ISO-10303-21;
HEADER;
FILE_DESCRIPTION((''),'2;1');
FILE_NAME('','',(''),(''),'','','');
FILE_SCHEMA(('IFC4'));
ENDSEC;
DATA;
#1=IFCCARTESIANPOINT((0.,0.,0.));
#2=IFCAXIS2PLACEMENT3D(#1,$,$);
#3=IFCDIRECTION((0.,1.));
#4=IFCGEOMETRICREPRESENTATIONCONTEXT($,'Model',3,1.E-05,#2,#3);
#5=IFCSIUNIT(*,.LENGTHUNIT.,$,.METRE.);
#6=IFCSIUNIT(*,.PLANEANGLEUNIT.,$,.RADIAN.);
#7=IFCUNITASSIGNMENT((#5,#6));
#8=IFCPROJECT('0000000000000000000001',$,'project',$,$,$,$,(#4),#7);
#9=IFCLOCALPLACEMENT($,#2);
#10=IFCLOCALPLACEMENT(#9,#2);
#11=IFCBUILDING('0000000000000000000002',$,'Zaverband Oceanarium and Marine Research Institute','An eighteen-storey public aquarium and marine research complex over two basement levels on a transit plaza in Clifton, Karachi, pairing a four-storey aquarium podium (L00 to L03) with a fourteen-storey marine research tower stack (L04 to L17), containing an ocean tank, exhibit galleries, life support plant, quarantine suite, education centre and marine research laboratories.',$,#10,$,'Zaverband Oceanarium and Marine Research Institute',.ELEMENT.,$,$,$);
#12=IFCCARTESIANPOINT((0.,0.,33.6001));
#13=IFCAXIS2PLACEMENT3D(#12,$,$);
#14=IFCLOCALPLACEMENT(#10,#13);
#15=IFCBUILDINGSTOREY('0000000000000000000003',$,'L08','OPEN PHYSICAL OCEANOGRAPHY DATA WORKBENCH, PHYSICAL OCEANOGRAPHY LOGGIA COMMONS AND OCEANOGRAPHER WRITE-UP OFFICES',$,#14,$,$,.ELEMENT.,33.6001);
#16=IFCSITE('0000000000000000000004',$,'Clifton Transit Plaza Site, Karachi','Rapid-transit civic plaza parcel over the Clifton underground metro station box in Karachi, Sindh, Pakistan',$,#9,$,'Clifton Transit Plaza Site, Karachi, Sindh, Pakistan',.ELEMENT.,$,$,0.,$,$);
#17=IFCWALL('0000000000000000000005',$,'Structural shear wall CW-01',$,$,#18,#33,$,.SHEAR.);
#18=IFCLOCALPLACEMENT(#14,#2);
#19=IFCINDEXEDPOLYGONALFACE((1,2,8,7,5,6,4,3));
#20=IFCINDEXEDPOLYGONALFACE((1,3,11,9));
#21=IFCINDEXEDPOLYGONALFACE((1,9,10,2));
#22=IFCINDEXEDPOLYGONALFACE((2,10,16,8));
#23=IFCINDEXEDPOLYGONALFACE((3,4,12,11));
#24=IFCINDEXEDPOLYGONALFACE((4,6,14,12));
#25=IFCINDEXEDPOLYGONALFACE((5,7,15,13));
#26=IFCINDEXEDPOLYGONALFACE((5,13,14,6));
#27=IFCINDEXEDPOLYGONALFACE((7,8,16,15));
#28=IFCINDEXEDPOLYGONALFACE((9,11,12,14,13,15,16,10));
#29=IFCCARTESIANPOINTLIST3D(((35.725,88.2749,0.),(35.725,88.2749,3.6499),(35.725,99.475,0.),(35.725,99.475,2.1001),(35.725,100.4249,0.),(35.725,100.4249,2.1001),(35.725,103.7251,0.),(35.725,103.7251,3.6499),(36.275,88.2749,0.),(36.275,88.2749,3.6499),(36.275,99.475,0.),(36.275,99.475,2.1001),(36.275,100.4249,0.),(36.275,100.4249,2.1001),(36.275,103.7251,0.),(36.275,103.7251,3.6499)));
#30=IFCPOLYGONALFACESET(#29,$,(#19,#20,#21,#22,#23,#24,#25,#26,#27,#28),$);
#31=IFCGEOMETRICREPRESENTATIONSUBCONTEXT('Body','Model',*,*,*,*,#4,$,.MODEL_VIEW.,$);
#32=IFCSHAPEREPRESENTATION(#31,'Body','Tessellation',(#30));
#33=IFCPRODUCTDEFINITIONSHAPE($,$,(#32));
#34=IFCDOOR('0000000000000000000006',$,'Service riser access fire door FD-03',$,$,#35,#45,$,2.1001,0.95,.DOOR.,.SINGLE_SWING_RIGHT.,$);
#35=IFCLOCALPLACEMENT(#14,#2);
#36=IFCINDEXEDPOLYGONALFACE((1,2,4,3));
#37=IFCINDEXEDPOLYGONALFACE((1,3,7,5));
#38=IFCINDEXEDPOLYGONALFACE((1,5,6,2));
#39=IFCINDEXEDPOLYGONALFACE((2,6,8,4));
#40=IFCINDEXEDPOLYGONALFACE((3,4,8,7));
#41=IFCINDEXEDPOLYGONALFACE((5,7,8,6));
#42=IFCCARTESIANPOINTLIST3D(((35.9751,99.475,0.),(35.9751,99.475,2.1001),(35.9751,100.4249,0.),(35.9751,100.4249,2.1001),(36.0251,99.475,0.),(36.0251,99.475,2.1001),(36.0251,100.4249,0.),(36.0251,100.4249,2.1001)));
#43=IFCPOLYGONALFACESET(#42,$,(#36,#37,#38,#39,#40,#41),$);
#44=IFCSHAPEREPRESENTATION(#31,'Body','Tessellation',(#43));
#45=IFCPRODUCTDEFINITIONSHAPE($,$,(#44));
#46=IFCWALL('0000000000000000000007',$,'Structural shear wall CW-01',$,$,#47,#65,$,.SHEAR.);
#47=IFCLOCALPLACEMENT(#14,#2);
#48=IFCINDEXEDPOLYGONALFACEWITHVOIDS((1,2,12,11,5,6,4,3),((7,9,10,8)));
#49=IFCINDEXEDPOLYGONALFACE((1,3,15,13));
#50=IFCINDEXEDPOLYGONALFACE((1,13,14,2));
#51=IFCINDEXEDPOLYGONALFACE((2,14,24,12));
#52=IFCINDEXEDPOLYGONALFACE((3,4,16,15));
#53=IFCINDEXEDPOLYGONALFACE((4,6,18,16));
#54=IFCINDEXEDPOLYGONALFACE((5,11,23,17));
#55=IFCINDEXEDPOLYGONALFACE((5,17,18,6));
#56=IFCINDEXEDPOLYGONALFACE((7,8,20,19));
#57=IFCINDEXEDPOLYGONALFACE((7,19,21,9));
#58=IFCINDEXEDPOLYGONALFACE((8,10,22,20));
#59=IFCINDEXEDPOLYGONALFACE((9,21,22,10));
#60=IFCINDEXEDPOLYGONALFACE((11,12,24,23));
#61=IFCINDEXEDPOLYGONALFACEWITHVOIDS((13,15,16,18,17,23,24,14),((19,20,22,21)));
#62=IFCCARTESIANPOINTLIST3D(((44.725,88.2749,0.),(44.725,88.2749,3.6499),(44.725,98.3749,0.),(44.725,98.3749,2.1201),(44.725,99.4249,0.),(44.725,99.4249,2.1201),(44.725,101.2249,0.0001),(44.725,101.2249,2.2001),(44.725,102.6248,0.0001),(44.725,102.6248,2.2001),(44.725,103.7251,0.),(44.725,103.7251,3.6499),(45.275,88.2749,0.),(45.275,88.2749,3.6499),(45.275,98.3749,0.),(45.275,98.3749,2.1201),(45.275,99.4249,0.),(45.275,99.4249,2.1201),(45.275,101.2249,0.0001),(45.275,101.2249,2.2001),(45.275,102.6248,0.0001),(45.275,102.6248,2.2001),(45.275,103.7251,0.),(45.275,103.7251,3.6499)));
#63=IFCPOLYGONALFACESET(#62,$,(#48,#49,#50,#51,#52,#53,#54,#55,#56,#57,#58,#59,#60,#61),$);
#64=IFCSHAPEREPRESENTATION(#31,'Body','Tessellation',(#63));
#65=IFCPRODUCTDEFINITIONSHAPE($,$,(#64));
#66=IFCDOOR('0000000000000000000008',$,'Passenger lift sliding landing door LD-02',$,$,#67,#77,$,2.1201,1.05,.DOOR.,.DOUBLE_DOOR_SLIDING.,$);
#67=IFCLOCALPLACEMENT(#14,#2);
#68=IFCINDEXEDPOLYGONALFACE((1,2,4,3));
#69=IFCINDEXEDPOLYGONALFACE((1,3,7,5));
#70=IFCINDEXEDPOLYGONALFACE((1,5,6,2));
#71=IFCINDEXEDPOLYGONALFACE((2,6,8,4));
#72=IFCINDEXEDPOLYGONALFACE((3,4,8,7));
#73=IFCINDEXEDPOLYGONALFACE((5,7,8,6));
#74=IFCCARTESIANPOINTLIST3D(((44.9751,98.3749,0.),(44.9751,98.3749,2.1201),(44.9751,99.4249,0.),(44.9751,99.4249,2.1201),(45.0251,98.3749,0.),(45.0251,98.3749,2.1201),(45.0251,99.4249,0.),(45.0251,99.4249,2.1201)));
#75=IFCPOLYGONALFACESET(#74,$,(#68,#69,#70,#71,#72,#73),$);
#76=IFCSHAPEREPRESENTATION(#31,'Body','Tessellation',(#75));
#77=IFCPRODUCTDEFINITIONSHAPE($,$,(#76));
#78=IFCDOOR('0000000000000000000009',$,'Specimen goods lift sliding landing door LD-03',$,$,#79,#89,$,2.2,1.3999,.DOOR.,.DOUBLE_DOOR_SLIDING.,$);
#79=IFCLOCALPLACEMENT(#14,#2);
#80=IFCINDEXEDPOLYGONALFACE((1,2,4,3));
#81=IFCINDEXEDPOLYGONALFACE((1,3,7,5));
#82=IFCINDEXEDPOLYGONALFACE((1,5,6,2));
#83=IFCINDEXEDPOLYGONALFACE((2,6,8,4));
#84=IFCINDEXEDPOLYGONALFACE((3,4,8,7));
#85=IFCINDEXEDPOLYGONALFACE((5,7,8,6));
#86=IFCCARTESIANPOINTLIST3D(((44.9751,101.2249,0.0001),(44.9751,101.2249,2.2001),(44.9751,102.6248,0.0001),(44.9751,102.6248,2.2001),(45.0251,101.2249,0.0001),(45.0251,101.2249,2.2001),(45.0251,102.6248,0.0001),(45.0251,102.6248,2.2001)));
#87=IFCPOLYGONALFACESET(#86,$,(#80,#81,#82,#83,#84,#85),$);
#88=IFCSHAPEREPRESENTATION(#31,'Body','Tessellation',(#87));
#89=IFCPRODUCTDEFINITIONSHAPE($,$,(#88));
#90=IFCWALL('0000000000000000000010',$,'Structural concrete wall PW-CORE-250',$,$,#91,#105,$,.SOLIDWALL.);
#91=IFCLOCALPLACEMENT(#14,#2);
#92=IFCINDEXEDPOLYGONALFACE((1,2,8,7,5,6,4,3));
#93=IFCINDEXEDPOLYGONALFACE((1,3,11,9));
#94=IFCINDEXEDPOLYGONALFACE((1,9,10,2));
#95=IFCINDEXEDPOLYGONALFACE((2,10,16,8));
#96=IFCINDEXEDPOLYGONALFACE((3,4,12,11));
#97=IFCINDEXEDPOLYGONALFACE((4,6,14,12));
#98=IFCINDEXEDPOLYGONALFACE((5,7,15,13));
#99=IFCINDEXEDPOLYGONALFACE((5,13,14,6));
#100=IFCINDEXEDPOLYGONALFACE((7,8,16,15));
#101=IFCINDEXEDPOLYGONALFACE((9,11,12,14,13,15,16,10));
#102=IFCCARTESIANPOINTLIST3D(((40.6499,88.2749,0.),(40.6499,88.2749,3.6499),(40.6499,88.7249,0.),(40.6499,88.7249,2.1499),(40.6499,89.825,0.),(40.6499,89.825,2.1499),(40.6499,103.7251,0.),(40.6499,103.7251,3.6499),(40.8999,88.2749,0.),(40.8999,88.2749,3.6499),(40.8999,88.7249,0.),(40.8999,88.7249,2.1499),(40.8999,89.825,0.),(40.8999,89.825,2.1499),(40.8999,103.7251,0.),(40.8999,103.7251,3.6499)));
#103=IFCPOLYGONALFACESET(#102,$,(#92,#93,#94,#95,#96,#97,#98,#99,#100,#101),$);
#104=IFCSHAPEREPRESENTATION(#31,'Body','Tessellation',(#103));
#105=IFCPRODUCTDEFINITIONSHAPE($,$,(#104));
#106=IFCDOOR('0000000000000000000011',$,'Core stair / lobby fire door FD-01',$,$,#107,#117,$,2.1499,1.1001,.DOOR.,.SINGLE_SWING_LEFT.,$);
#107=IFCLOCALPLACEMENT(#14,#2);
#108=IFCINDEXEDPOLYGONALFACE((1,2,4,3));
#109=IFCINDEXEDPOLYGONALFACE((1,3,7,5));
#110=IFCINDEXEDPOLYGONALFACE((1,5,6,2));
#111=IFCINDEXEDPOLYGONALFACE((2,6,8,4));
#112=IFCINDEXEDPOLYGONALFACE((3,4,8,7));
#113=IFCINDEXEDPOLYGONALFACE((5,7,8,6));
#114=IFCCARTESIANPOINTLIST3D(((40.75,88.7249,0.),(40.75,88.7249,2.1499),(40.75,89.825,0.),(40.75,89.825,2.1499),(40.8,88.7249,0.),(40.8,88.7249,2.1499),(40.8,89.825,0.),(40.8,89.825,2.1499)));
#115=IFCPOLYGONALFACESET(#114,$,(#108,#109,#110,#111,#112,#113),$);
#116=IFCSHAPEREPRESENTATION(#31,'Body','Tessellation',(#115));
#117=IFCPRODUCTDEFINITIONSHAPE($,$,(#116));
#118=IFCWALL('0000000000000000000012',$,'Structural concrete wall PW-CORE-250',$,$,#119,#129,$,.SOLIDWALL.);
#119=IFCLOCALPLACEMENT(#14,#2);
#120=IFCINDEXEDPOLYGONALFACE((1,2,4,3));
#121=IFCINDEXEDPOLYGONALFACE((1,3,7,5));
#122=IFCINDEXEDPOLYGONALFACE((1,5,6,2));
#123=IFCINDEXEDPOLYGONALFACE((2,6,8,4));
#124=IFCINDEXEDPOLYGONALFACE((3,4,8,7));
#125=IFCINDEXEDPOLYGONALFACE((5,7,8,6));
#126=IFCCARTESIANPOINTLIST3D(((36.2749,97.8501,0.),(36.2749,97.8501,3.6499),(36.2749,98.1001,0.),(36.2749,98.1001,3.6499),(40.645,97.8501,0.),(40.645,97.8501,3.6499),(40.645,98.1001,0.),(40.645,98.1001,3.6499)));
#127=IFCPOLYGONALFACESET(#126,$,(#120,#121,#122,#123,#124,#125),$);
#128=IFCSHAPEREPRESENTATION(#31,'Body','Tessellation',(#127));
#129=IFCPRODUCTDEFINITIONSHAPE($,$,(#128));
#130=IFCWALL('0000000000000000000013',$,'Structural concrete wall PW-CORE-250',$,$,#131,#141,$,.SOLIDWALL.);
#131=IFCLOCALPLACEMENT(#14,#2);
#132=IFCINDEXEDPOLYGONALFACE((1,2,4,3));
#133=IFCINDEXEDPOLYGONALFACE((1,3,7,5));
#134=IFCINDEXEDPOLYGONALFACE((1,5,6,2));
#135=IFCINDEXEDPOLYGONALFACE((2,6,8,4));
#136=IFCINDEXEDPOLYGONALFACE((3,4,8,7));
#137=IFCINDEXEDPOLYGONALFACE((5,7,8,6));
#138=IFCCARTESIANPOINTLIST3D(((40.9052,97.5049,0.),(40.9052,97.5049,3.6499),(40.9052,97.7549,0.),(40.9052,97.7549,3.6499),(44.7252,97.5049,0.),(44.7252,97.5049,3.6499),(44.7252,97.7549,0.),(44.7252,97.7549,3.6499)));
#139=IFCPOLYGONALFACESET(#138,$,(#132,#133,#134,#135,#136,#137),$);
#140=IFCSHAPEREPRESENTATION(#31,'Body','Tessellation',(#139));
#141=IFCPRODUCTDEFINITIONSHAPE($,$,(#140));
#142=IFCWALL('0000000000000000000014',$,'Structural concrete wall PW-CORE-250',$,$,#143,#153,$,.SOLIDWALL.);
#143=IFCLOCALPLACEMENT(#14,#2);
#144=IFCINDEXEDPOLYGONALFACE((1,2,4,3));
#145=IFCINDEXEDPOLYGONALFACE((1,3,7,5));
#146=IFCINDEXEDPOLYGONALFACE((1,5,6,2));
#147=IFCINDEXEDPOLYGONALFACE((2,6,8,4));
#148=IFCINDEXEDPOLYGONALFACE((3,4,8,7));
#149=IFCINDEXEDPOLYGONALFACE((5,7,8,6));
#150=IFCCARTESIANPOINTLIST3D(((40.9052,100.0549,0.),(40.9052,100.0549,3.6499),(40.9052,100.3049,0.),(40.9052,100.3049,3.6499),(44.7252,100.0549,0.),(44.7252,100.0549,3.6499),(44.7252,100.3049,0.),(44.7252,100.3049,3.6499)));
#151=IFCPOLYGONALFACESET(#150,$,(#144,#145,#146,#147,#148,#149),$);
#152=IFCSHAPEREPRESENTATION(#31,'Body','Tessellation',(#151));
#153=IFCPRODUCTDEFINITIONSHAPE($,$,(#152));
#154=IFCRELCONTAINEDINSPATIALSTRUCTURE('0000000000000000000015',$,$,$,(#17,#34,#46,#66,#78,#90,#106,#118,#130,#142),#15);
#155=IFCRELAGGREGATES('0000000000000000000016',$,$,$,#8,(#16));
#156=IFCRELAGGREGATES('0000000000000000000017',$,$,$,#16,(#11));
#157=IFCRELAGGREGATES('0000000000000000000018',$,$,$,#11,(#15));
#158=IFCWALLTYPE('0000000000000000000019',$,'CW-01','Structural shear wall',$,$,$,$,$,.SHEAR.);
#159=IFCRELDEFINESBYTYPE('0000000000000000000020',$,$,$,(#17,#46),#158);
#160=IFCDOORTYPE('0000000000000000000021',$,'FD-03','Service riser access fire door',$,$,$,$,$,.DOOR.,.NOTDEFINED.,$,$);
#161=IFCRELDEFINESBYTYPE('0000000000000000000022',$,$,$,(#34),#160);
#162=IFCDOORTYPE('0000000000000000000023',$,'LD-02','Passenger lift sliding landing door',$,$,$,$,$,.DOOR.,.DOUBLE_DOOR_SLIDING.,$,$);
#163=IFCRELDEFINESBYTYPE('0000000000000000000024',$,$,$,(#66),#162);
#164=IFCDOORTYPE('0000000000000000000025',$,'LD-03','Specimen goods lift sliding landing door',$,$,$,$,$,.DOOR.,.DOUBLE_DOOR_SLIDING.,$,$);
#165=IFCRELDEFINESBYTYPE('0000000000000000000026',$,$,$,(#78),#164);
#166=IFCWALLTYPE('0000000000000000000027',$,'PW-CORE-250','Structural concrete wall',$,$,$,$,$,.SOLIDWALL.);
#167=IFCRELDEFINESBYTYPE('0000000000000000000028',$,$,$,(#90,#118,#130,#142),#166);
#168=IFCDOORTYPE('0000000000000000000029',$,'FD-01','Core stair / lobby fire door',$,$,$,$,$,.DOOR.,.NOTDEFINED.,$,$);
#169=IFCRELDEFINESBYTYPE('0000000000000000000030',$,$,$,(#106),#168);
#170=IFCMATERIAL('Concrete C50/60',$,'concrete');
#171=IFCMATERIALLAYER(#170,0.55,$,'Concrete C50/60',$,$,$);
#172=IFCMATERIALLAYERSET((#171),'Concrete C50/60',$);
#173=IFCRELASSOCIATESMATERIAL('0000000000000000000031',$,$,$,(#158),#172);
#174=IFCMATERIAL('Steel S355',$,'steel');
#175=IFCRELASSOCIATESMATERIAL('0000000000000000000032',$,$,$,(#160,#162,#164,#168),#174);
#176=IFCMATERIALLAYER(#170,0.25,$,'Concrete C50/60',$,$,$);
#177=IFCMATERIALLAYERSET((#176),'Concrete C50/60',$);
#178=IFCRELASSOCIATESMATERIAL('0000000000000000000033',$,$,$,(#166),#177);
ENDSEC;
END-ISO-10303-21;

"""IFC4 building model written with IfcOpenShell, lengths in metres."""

from ifc_helpers import new_model, si_unit, direction, frame, frame_2d, origin, place, context, subcontext, project, spatial, rectangle, extrude, material, layer, layer_set, type_object, element, fill, save


model = new_model("IFC4")

# Units and contexts
model_context = context("Model", 3, precision=1e-05, world=origin(), true_north=direction((0.0, 1.0)))
body_context = subcontext(model_context, "Body", "Model", "MODEL_VIEW")
ifc_project = project(units=[si_unit("LENGTHUNIT", "METRE"), si_unit("PLANEANGLEUNIT", "RADIAN")], contexts=[model_context])

# Site, building, storey
site_placement = place(None, origin())
site = spatial("IfcSite", under=ifc_project, at=site_placement, Name="Clifton Transit Plaza Site, Karachi", Description="Rapid-transit civic plaza parcel over the Clifton underground metro station box in Karachi, Sindh, Pakistan", LongName="Clifton Transit Plaza Site, Karachi, Sindh, Pakistan", CompositionType="ELEMENT", RefElevation=0.0)
building_placement = place(site_placement, origin())
building = spatial("IfcBuilding", under=site, at=building_placement, Name="Zaverband Oceanarium and Marine Research Institute", Description="An eighteen-storey public aquarium and marine research complex over two basement levels on a transit plaza in Clifton, Karachi, pairing a four-storey aquarium podium (L00 to L03) with a fourteen-storey marine research tower stack (L04 to L17), containing an ocean tank, exhibit galleries, life support plant, quarantine suite, education centre and marine research laboratories.", LongName="Zaverband Oceanarium and Marine Research Institute", CompositionType="ELEMENT")
storey_placement = place(building_placement, frame((0.0, 0.0, 33.6001)))
storey = spatial("IfcBuildingStorey", under=building, at=storey_placement, Name="L08", Description="OPEN PHYSICAL OCEANOGRAPHY DATA WORKBENCH, PHYSICAL OCEANOGRAPHY LOGGIA COMMONS AND OCEANOGRAPHER WRITE-UP OFFICES", CompositionType="ELEMENT", Elevation=33.6001)

# Shared definitions
ifc_material_1 = material(Name="Concrete C50/60", Category="concrete")

# Shared definitions
ifc_layer_1 = layer(ifc_material_1, 0.55, Name="Concrete C50/60")
ifc_layer_set_1 = layer_set([ifc_layer_1], Name="Concrete C50/60")
wall_type_1 = type_object("IfcWallType", Name="CW-01", Description="Structural shear wall", PredefinedType="SHEAR", material=ifc_layer_set_1)
ifc_material_2 = material(Name="Steel S355", Category="steel")

# Wall, opening, door
wall_1_placement = place(storey_placement, frame((36.0, 88.2749, 0.0), z_axis=(0.0, 0.0, 1.0), x_axis=(0.0, 1.0, 0.0)))
wall_1 = element("IfcWall", 1, at=wall_1_placement, inside=storey, type_object=wall_type_1, Name="Structural shear wall CW-01", PredefinedType="SHEAR", context=body_context, shape_type="SweptSolid", body=[
    extrude(rectangle(XDim=15.4502, YDim=0.55, at=frame_2d((7.7251, 0.0))), origin(), (0.0, 0.0, 1.0), 3.6499),
])
opening_1_placement = place(wall_1_placement, frame((11.2, 0.0, 0.0)))
opening_1 = element("IfcOpeningElement", 2, at=opening_1_placement, cuts=wall_1, PredefinedType="OPENING", context=body_context, shape_type="SweptSolid", body=[
    extrude(rectangle(XDim=0.95, YDim=2.1001, at=frame_2d((0.4751, 1.05))), frame((0.0, 0.2871, 0.0), z_axis=(0.0, -1.0, 0.0), x_axis=(1.0, 0.0, 0.0)), (0.0, 0.0, 1.0), 0.574),
])
door_type_1 = type_object("IfcDoorType", Name="FD-03", Description="Service riser access fire door", OperationType="NOTDEFINED", PredefinedType="DOOR", material=ifc_material_2)
door_1_placement = place(opening_1_placement, origin())
door_1 = element("IfcDoor", 3, at=door_1_placement, inside=storey, type_object=door_type_1, Name="Service riser access fire door FD-03", OperationType="SINGLE_SWING_RIGHT", OverallHeight=2.1001, OverallWidth=0.95, PredefinedType="DOOR", context=body_context, shape_type="SweptSolid", body=[
    extrude(rectangle(XDim=0.95, YDim=2.1001, at=frame_2d((0.4751, 1.05))), frame((0.0, 0.0249, 0.0), z_axis=(0.0, -1.0, 0.0), x_axis=(1.0, 0.0, 0.0)), (0.0, 0.0, 1.0), 0.05),
])
fill(opening_1, door_1)

# Wall, openings, doors
wall_2_placement = place(storey_placement, frame((45.0, 88.2749, 0.0), z_axis=(0.0, 0.0, 1.0), x_axis=(0.0, 1.0, 0.0)))
wall_2 = element("IfcWall", 4, at=wall_2_placement, inside=storey, type_object=wall_type_1, Name="Structural shear wall CW-01", PredefinedType="SHEAR", context=body_context, shape_type="SweptSolid", body=[
    extrude(rectangle(XDim=15.4502, YDim=0.55, at=frame_2d((7.7251, 0.0))), origin(), (0.0, 0.0, 1.0), 3.6499),
])
opening_2_placement = place(wall_2_placement, frame((10.1001, 0.0, 0.0)))
opening_2 = element("IfcOpeningElement", 5, at=opening_2_placement, cuts=wall_2, PredefinedType="OPENING", context=body_context, shape_type="SweptSolid", body=[
    extrude(rectangle(XDim=1.05, YDim=2.1201, at=frame_2d((0.5249, 1.0601))), frame((0.0, 0.2871, 0.0), z_axis=(0.0, -1.0, 0.0), x_axis=(1.0, 0.0, 0.0)), (0.0, 0.0, 1.0), 0.574),
])
opening_3_placement = place(wall_2_placement, frame((12.95, 0.0, 0.0)))
opening_3 = element("IfcOpeningElement", 6, at=opening_3_placement, cuts=wall_2, PredefinedType="OPENING", context=body_context, shape_type="SweptSolid", body=[
    extrude(rectangle(XDim=1.3999, YDim=2.2, at=frame_2d((0.7, 1.1001))), frame((0.0, 0.2871, 0.0), z_axis=(0.0, -1.0, 0.0), x_axis=(1.0, 0.0, 0.0)), (0.0, 0.0, 1.0), 0.574),
])
door_type_2 = type_object("IfcDoorType", Name="LD-02", Description="Passenger lift sliding landing door", OperationType="DOUBLE_DOOR_SLIDING", PredefinedType="DOOR", material=ifc_material_2)
door_2_placement = place(opening_2_placement, origin())
door_2 = element("IfcDoor", 7, at=door_2_placement, inside=storey, type_object=door_type_2, Name="Passenger lift sliding landing door LD-02", OperationType="DOUBLE_DOOR_SLIDING", OverallHeight=2.1201, OverallWidth=1.05, PredefinedType="DOOR", context=body_context, shape_type="SweptSolid", body=[
    extrude(rectangle(XDim=1.05, YDim=2.1201, at=frame_2d((0.5249, 1.0601))), frame((0.0, 0.0249, 0.0), z_axis=(0.0, -1.0, 0.0), x_axis=(1.0, 0.0, 0.0)), (0.0, 0.0, 1.0), 0.05),
])
fill(opening_2, door_2)
door_type_3 = type_object("IfcDoorType", Name="LD-03", Description="Specimen goods lift sliding landing door", OperationType="DOUBLE_DOOR_SLIDING", PredefinedType="DOOR", material=ifc_material_2)
door_3_placement = place(opening_3_placement, origin())
door_3 = element("IfcDoor", 8, at=door_3_placement, inside=storey, type_object=door_type_3, Name="Specimen goods lift sliding landing door LD-03", OperationType="DOUBLE_DOOR_SLIDING", OverallHeight=2.2, OverallWidth=1.3999, PredefinedType="DOOR", context=body_context, shape_type="SweptSolid", body=[
    extrude(rectangle(XDim=1.3999, YDim=2.2, at=frame_2d((0.7, 1.1001))), frame((0.0, 0.0249, 0.0), z_axis=(0.0, -1.0, 0.0), x_axis=(1.0, 0.0, 0.0)), (0.0, 0.0, 1.0), 0.05),
])
fill(opening_3, door_3)

# Wall, opening, door
ifc_layer_2 = layer(ifc_material_1, 0.25, Name="Concrete C50/60")
ifc_layer_set_2 = layer_set([ifc_layer_2], Name="Concrete C50/60")
wall_type_2 = type_object("IfcWallType", Name="PW-CORE-250", Description="Structural concrete wall", PredefinedType="SOLIDWALL", material=ifc_layer_set_2)
wall_3_placement = place(storey_placement, frame((40.7749, 88.2749, 0.0), z_axis=(0.0, 0.0, 1.0), x_axis=(0.0, 1.0, 0.0)))
wall_3 = element("IfcWall", 9, at=wall_3_placement, inside=storey, type_object=wall_type_2, Name="Structural concrete wall PW-CORE-250", PredefinedType="SOLIDWALL", context=body_context, shape_type="SweptSolid", body=[
    extrude(rectangle(XDim=15.4502, YDim=0.25, at=frame_2d((7.7251, 0.0))), origin(), (0.0, 0.0, 1.0), 3.6499),
])
opening_4_placement = place(wall_3_placement, frame((0.45, 0.0, 0.0)))
opening_4 = element("IfcOpeningElement", 10, at=opening_4_placement, cuts=wall_3, PredefinedType="OPENING", context=body_context, shape_type="SweptSolid", body=[
    extrude(rectangle(XDim=1.1001, YDim=2.1499, at=frame_2d((0.55, 1.075))), frame((0.0, 0.137, 0.0), z_axis=(0.0, -1.0, 0.0), x_axis=(1.0, 0.0, 0.0)), (0.0, 0.0, 1.0), 0.2739),
])
door_type_4 = type_object("IfcDoorType", Name="FD-01", Description="Core stair / lobby fire door", OperationType="NOTDEFINED", PredefinedType="DOOR", material=ifc_material_2)
door_4_placement = place(opening_4_placement, origin())
door_4 = element("IfcDoor", 11, at=door_4_placement, inside=storey, type_object=door_type_4, Name="Core stair / lobby fire door FD-01", OperationType="SINGLE_SWING_LEFT", OverallHeight=2.1499, OverallWidth=1.1001, PredefinedType="DOOR", context=body_context, shape_type="SweptSolid", body=[
    extrude(rectangle(XDim=1.1001, YDim=2.1499, at=frame_2d((0.55, 1.075))), frame((0.0, 0.0249, 0.0), z_axis=(0.0, -1.0, 0.0), x_axis=(1.0, 0.0, 0.0)), (0.0, 0.0, 1.0), 0.05),
])
fill(opening_4, door_4)

# Wall
wall_4_placement = place(storey_placement, frame((36.2749, 97.9751, 0.0), z_axis=(0.0, 0.0, 1.0), x_axis=(1.0, 0.0, 0.0)))
element("IfcWall", 12, at=wall_4_placement, inside=storey, type_object=wall_type_2, Name="Structural concrete wall PW-CORE-250", PredefinedType="SOLIDWALL", context=body_context, shape_type="SweptSolid", body=[
    extrude(rectangle(XDim=4.3701, YDim=0.25, at=frame_2d((2.1851, 0.0))), origin(), (0.0, 0.0, 1.0), 3.6499),
])

# Walls
for number, where, z_axis, x_axis, name in (
    (13, (40.905, 97.6299, 0.0), (0.0, 0.0, 1.0), (1.0, 0.0, 0.0), "Structural concrete wall PW-CORE-250"),
    (14, (40.905, 100.1799, 0.0), (0.0, 0.0, 1.0), (1.0, 0.0, 0.0), "Structural concrete wall PW-CORE-250"),
):
    element("IfcWall", number, at=place(storey_placement, frame(where, z_axis=z_axis, x_axis=x_axis)), inside=storey, type_object=wall_type_2, Name=name, PredefinedType="SOLIDWALL", context=body_context, shape_type="SweptSolid", body=[
        extrude(rectangle(XDim=3.8201, YDim=0.25, at=frame_2d((1.9102, 0.0))), origin(), (0.0, 0.0, 1.0), 3.6499),
    ])

save(model, "model.ifc")
